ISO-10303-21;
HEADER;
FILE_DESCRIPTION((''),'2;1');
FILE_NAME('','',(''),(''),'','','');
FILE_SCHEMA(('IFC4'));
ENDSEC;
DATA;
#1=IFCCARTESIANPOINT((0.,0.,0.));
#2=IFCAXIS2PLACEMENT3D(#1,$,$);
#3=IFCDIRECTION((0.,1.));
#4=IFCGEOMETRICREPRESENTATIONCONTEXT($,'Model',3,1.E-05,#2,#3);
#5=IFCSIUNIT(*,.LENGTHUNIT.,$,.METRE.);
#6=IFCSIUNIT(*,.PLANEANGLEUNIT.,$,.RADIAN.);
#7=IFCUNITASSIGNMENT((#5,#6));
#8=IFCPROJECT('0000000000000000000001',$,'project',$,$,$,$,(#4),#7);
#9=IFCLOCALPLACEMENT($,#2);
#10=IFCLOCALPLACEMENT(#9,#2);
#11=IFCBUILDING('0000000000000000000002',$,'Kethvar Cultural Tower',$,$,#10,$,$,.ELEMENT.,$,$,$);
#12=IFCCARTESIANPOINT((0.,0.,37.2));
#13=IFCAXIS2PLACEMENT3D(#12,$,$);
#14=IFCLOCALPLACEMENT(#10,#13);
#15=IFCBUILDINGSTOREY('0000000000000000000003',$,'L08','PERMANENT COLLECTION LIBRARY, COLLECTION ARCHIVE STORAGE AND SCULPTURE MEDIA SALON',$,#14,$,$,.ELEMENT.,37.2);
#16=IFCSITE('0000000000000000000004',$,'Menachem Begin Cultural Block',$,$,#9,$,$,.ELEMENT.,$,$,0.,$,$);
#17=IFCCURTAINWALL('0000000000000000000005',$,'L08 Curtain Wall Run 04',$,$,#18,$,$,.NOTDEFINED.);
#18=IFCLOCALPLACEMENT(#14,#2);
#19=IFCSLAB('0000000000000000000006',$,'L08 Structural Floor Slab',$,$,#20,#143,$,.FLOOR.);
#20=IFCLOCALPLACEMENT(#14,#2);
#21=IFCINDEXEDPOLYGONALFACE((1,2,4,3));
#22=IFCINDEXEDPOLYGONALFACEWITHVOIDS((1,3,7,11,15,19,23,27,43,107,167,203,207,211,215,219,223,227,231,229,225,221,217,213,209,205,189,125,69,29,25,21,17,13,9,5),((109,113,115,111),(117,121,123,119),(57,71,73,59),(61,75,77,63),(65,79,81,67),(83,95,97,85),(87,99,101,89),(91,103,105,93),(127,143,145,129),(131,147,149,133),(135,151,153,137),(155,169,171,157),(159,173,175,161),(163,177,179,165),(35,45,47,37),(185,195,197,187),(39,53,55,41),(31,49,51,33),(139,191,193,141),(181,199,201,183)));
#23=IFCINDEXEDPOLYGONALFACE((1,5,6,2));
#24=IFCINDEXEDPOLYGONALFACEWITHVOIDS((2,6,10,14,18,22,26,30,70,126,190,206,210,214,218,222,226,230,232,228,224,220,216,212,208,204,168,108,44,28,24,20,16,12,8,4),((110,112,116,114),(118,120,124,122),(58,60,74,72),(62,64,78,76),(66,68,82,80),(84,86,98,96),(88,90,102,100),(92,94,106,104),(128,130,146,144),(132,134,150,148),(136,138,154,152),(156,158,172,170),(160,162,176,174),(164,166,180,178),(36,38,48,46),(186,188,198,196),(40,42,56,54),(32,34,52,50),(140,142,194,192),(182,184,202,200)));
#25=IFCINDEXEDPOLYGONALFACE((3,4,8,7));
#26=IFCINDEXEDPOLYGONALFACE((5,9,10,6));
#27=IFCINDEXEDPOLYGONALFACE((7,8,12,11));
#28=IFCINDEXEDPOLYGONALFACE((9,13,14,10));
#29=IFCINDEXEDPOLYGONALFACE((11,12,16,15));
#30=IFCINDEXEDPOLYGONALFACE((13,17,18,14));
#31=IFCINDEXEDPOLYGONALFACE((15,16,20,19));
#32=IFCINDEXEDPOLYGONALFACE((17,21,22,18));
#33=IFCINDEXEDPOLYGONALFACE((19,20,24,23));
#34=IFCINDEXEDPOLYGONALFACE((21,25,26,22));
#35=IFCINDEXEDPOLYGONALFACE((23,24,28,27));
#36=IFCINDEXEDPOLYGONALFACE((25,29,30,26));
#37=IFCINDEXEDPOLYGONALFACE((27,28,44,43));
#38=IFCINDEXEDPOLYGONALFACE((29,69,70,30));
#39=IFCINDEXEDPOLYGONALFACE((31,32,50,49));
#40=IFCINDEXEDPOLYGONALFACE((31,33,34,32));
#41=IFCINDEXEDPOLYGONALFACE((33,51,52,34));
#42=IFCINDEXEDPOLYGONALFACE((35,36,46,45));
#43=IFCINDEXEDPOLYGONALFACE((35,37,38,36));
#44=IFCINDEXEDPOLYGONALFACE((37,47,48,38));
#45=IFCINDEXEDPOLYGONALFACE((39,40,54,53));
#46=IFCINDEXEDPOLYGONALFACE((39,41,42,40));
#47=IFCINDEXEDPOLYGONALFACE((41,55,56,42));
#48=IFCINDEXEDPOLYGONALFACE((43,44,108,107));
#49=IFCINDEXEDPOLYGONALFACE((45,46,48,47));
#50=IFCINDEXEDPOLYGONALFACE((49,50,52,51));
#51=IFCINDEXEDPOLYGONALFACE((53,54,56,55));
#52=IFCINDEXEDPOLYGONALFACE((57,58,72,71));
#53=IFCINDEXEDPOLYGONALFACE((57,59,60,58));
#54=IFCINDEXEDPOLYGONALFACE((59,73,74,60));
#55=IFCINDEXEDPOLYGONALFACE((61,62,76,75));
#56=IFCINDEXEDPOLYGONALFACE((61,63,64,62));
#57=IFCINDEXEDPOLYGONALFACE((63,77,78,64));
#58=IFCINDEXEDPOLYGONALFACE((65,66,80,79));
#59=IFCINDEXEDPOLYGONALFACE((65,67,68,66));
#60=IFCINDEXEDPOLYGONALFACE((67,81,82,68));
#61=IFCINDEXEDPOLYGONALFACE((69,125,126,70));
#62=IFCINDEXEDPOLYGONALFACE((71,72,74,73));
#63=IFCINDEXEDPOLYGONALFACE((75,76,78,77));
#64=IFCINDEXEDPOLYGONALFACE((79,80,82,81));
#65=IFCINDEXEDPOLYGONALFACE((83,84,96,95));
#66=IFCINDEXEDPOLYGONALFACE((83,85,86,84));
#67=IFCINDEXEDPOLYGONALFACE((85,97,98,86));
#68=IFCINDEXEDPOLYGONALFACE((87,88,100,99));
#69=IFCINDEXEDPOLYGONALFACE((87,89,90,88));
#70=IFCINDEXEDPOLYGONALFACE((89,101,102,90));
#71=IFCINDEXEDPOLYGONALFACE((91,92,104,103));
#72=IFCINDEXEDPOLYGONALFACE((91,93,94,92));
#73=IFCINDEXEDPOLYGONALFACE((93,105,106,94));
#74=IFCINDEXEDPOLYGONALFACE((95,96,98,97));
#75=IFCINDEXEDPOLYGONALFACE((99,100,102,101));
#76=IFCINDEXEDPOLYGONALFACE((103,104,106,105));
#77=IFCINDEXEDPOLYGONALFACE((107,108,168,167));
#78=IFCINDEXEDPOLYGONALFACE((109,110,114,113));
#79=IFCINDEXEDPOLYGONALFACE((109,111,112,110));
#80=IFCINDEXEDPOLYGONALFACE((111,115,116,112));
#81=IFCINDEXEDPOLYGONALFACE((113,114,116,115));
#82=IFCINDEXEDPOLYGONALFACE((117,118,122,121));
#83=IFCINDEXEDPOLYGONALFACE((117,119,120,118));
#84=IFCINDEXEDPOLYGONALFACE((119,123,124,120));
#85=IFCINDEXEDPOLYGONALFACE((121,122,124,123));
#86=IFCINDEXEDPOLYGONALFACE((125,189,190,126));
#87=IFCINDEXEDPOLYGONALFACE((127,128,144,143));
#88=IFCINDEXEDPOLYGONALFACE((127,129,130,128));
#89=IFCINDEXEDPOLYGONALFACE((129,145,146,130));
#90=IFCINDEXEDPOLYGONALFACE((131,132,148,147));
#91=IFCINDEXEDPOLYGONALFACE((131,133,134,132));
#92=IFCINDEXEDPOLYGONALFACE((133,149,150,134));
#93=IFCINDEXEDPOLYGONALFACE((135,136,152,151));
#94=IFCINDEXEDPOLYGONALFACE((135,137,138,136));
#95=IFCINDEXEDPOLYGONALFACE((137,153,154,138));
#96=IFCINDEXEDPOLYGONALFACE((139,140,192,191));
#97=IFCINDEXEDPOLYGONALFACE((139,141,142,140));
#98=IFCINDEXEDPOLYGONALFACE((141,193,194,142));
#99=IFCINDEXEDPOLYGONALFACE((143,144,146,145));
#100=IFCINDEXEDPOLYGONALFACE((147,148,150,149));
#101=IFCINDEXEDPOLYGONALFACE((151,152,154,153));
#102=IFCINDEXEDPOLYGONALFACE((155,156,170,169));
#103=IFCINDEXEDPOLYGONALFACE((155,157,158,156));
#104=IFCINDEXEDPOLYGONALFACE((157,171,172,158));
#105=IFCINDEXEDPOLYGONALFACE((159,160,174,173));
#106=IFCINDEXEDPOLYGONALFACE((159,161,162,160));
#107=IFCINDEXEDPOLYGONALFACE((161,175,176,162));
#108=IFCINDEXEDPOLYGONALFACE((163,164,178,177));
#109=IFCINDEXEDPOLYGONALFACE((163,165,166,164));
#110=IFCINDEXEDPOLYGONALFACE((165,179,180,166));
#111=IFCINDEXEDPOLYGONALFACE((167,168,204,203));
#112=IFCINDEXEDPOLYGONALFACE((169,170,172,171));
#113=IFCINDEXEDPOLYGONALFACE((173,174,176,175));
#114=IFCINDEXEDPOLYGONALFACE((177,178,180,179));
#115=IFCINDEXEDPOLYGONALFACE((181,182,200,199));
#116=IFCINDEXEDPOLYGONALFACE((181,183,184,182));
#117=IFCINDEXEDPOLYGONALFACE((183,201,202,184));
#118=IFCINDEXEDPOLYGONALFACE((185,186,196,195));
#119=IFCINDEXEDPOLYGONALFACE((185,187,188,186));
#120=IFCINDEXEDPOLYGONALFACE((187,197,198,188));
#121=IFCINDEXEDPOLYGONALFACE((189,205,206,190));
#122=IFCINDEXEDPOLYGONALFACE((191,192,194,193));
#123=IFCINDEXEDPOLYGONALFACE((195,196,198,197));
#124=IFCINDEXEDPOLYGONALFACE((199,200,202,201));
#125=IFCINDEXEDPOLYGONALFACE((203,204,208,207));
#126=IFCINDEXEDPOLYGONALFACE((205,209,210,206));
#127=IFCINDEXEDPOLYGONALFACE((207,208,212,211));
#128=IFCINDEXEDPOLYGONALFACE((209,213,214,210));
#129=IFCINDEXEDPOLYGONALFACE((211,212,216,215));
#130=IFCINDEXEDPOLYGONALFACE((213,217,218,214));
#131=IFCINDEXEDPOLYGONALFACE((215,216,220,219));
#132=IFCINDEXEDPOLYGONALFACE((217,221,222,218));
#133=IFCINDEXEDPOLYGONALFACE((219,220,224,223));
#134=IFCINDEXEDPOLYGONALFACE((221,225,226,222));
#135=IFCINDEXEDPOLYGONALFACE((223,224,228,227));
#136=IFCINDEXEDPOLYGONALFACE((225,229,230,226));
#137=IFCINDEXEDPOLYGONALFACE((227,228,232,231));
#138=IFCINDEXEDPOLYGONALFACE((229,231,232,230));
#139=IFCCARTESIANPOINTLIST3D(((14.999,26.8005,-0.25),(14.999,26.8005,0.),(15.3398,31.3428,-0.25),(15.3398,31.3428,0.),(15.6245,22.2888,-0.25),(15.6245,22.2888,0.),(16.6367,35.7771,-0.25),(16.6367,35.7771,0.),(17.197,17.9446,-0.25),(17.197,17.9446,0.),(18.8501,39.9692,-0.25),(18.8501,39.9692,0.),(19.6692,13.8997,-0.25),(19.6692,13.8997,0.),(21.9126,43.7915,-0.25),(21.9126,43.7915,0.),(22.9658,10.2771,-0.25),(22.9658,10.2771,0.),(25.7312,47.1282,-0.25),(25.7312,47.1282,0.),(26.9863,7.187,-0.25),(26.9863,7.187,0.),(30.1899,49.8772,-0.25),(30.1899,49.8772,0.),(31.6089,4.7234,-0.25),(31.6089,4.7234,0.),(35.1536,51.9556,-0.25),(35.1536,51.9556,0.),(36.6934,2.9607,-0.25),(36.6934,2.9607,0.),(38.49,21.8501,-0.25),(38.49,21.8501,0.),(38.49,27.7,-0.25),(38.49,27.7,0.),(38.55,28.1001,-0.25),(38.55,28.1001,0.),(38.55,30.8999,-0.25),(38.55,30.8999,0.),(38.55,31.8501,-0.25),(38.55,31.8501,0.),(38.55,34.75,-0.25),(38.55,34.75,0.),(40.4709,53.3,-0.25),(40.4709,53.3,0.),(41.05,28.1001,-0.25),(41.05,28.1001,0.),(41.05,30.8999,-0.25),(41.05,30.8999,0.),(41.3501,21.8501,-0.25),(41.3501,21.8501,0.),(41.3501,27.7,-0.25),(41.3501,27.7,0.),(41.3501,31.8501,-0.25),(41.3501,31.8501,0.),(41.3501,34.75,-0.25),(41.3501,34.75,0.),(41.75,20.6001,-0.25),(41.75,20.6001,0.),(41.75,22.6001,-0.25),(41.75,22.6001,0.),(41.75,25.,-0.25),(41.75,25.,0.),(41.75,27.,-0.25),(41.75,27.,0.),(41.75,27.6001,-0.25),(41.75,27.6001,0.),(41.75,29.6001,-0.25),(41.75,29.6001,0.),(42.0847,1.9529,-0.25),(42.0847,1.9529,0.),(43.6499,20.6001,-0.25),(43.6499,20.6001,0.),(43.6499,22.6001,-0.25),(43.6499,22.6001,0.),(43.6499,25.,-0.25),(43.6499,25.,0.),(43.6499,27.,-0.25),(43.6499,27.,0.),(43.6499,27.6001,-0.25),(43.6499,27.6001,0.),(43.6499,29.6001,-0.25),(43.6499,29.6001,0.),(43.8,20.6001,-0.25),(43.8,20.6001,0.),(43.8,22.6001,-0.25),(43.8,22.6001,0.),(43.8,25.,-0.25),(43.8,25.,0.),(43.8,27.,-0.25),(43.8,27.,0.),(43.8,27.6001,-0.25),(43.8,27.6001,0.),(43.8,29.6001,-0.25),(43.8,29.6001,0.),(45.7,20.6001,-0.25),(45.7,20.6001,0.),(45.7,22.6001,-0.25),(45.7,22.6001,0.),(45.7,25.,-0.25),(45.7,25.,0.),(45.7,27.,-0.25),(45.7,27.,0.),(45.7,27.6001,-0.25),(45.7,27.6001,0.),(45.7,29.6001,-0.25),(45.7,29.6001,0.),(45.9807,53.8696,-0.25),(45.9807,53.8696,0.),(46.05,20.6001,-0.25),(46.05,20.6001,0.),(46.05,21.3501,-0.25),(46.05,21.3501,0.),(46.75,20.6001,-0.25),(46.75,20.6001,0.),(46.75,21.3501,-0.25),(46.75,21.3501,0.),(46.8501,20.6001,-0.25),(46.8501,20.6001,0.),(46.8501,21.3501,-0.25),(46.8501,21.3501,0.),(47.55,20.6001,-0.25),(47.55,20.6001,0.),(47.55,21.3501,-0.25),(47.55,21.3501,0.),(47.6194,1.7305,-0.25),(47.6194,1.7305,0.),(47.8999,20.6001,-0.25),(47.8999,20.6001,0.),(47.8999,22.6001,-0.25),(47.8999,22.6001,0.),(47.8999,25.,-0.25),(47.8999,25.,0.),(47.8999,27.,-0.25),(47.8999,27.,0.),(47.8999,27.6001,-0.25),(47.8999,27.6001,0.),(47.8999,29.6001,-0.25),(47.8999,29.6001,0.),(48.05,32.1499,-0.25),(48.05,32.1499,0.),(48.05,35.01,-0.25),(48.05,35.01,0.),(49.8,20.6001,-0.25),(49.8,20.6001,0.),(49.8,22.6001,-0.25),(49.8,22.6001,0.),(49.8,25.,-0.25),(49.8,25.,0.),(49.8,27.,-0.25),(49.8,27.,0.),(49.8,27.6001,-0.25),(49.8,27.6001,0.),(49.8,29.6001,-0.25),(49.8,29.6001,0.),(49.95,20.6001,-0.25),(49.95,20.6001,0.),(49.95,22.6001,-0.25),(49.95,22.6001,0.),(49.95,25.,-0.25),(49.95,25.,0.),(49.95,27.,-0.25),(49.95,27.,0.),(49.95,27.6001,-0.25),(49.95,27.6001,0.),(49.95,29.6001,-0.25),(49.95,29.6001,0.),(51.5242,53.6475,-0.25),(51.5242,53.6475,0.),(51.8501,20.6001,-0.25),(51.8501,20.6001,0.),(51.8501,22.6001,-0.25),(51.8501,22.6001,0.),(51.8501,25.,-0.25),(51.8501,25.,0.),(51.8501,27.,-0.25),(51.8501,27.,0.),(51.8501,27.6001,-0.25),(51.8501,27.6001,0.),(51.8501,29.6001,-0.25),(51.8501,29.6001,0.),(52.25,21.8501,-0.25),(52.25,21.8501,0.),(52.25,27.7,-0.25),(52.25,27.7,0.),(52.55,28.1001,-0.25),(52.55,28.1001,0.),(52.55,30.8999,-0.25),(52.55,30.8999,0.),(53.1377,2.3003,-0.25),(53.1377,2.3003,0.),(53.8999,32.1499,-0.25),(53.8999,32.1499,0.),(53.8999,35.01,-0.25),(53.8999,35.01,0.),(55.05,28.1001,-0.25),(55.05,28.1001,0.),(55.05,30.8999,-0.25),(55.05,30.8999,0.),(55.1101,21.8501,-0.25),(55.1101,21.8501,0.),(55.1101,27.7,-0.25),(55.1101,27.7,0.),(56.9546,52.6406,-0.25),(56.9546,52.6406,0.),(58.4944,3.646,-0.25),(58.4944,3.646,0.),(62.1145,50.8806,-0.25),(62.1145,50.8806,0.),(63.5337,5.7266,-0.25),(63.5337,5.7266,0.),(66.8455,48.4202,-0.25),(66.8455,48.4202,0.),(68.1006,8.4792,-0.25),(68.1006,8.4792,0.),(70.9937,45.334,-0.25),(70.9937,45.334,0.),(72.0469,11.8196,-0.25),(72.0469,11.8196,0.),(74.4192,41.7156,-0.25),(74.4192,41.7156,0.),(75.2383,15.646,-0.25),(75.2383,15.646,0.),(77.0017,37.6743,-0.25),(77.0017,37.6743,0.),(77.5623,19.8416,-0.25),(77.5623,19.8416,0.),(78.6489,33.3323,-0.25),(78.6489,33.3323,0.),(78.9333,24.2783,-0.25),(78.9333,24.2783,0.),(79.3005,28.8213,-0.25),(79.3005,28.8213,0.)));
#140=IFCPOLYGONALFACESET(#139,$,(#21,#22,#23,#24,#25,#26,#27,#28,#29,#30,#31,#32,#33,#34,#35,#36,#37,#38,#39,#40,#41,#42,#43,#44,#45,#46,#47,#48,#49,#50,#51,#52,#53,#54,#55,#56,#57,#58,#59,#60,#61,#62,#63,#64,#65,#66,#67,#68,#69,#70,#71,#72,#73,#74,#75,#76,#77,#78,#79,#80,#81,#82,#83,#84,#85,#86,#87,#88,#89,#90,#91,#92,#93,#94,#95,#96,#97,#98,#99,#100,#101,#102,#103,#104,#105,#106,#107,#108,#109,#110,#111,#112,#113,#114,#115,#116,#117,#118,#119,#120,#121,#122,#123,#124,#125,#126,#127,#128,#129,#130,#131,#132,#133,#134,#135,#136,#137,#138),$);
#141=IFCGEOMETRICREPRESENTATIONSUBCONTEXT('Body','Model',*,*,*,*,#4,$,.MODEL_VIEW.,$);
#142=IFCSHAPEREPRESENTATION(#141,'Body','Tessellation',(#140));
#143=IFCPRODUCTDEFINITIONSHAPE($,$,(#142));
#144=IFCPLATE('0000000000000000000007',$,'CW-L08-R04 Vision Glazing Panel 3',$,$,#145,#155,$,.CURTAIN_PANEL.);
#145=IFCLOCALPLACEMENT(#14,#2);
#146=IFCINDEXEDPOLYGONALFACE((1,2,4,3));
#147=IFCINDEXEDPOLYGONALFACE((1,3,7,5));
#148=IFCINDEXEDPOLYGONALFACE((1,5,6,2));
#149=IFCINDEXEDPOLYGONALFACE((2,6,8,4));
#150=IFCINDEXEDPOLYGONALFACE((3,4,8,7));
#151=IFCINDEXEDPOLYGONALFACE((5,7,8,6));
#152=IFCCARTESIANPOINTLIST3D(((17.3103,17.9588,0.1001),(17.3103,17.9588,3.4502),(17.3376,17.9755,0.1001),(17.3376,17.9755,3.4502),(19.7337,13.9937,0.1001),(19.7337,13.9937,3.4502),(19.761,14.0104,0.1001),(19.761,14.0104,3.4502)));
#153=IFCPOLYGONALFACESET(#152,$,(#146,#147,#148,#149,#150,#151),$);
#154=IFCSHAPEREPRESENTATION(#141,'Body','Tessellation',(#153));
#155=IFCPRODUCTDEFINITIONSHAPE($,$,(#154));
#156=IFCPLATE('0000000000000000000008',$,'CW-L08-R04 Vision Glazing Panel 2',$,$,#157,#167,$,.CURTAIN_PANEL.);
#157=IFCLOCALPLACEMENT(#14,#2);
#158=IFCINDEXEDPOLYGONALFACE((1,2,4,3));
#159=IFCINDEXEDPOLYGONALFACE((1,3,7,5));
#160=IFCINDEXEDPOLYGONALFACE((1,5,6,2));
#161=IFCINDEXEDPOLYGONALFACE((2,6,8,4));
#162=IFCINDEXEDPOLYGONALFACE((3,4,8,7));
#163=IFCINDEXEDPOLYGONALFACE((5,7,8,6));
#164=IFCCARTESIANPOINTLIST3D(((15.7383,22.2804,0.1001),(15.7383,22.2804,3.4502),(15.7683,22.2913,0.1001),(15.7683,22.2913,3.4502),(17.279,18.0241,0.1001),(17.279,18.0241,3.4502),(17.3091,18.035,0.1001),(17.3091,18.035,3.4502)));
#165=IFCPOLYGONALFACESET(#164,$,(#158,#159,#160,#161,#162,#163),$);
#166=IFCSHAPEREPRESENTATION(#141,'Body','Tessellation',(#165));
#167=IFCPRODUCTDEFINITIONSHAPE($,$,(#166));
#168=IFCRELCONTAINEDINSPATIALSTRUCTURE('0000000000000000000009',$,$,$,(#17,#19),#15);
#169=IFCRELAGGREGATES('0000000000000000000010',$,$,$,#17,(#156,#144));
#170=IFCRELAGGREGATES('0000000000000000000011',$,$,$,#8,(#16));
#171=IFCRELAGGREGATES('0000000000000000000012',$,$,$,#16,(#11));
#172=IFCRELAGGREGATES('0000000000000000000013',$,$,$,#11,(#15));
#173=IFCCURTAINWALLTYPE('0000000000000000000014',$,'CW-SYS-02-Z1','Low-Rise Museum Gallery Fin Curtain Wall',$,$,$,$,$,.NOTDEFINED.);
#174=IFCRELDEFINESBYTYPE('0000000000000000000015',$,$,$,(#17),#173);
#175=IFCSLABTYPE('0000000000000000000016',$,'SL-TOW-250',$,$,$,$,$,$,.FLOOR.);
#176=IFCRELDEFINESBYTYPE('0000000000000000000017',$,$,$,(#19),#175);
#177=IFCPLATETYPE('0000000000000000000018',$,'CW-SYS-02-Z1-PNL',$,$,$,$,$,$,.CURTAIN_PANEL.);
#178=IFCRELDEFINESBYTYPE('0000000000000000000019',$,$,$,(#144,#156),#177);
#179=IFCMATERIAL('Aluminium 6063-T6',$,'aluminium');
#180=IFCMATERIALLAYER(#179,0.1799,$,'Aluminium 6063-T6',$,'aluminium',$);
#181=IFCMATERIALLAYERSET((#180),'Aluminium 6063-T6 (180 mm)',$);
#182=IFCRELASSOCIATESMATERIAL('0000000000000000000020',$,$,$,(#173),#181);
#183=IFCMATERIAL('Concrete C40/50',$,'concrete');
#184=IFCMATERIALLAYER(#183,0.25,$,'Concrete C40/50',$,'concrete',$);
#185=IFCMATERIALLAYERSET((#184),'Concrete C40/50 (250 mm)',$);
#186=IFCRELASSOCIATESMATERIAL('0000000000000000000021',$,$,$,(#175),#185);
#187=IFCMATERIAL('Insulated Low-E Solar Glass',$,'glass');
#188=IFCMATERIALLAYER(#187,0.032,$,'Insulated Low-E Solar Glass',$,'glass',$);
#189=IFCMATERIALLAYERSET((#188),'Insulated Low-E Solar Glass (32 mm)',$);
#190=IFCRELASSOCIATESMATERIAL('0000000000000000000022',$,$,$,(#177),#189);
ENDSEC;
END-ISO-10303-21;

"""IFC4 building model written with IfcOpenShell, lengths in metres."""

from ifc_helpers import new_model, si_unit, direction, frame, origin, origin_2d, place, context, subcontext, project, spatial, polyline, rectangle, outline, extrude, source, transform, mapped, material, layer, layer_set, type_object, element, aggregate, save


model = new_model("IFC4")

# Units and contexts
model_context = context("Model", 3, precision=1e-05, world=origin(), true_north=direction((0.0, 1.0)))
body_context = subcontext(model_context, "Body", "Model", "MODEL_VIEW")
ifc_project = project(units=[si_unit("LENGTHUNIT", "METRE"), si_unit("PLANEANGLEUNIT", "RADIAN")], contexts=[model_context])

# Site, building, storey
site_placement = place(None, origin())
site = spatial("IfcSite", under=ifc_project, at=site_placement, Name="Menachem Begin Cultural Block", CompositionType="ELEMENT", RefElevation=0.0)
building_placement = place(site_placement, origin())
building = spatial("IfcBuilding", under=site, at=building_placement, Name="Kethvar Cultural Tower", CompositionType="ELEMENT")
storey_placement = place(building_placement, frame((0.0, 0.0, 37.2)))
storey = spatial("IfcBuildingStorey", under=building, at=storey_placement, Name="L08", Description="PERMANENT COLLECTION LIBRARY, COLLECTION ARCHIVE STORAGE AND SCULPTURE MEDIA SALON", CompositionType="ELEMENT", Elevation=37.2)

# Curtain wall
ifc_material_1 = material(Name="Aluminium 6063-T6", Category="aluminium")
ifc_layer_1 = layer(ifc_material_1, 0.1799, Name="Aluminium 6063-T6", Category="aluminium")
ifc_layer_set_1 = layer_set([ifc_layer_1], Name="Aluminium 6063-T6 (180 mm)")
curtain_wall_type = type_object("IfcCurtainWallType", Name="CW-SYS-02-Z1", Description="Low-Rise Museum Gallery Fin Curtain Wall", PredefinedType="NOTDEFINED", material=ifc_layer_set_1)
curtain_wall_placement = place(storey_placement, origin())
curtain_wall = element("IfcCurtainWall", 1, at=curtain_wall_placement, inside=storey, type_object=curtain_wall_type, Name="L08 Curtain Wall Run 04", PredefinedType="NOTDEFINED")

# Shared definitions
ifc_material_2 = material(Name="Concrete C40/50", Category="concrete")

# Slab
ifc_layer_2 = layer(ifc_material_2, 0.25, Name="Concrete C40/50", Category="concrete")
ifc_layer_set_2 = layer_set([ifc_layer_2], Name="Concrete C40/50 (250 mm)")
slab_type_1 = type_object("IfcSlabType", Name="SL-TOW-250", PredefinedType="FLOOR", material=ifc_layer_set_2)
slab_1_placement = place(storey_placement, frame((0.0, 0.0, -0.25)))
element("IfcSlab", 2, at=slab_1_placement, inside=storey, type_object=slab_type_1, Name="L08 Structural Floor Slab", PredefinedType="FLOOR", context=body_context, shape_type="SweptSolid", body=[
    extrude(outline(polyline([(79.3005, 28.8213), (78.6489, 33.3323), (77.0017, 37.6743), (74.4192, 41.7156), (70.9937, 45.334), (66.8455, 48.4202), (62.1145, 50.8806), (56.9546, 52.6406), (51.5242, 53.6475), (45.9807, 53.8696), (40.4709, 53.3), (35.1536, 51.9556), (30.1899, 49.8772), (25.7312, 47.1282), (21.9126, 43.7915), (18.8501, 39.9692), (16.6367, 35.7771), (15.3398, 31.3428), (14.999, 26.8005), (15.6245, 22.2888), (17.197, 17.9446), (19.6692, 13.8997), (22.9658, 10.2771), (26.9863, 7.187), (31.6089, 4.7234), (36.6934, 2.9607), (42.0847, 1.9529), (47.6194, 1.7305), (53.1377, 2.3003), (58.4944, 3.646), (63.5337, 5.7266), (68.1006, 8.4792), (72.0469, 11.8196), (75.2383, 15.646), (77.5623, 19.8416), (78.9333, 24.2783), (79.3005, 28.8213)]), holes=[polyline([(38.49, 21.8501), (38.49, 27.7), (41.3501, 27.7), (41.3501, 21.8501), (38.49, 21.8501)]), polyline([(52.25, 21.8501), (52.25, 27.7), (55.1101, 27.7), (55.1101, 21.8501), (52.25, 21.8501)]), polyline([(53.8999, 32.1499), (48.05, 32.1499), (48.05, 35.01), (53.8999, 35.01), (53.8999, 32.1499)]), polyline([(41.75, 22.6001), (43.6499, 22.6001), (43.6499, 20.6001), (41.75, 20.6001), (41.75, 22.6001)]), polyline([(43.8, 22.6001), (45.7, 22.6001), (45.7, 20.6001), (43.8, 20.6001), (43.8, 22.6001)]), polyline([(47.8999, 22.6001), (49.8, 22.6001), (49.8, 20.6001), (47.8999, 20.6001), (47.8999, 22.6001)]), polyline([(49.95, 22.6001), (51.8501, 22.6001), (51.8501, 20.6001), (49.95, 20.6001), (49.95, 22.6001)]), polyline([(41.75, 27.0), (43.6499, 27.0), (43.6499, 25.0), (41.75, 25.0), (41.75, 27.0)]), polyline([(43.8, 27.0), (45.7, 27.0), (45.7, 25.0), (43.8, 25.0), (43.8, 27.0)]), polyline([(47.8999, 27.0), (49.8, 27.0), (49.8, 25.0), (47.8999, 25.0), (47.8999, 27.0)]), polyline([(49.95, 27.0), (51.8501, 27.0), (51.8501, 25.0), (49.95, 25.0), (49.95, 27.0)]), polyline([(41.75, 29.6001), (43.6499, 29.6001), (43.6499, 27.6001), (41.75, 27.6001), (41.75, 29.6001)]), polyline([(43.8, 29.6001), (45.7, 29.6001), (45.7, 27.6001), (43.8, 27.6001), (43.8, 29.6001)]), polyline([(47.8999, 29.6001), (49.8, 29.6001), (49.8, 27.6001), (47.8999, 27.6001), (47.8999, 29.6001)]), polyline([(49.95, 29.6001), (51.8501, 29.6001), (51.8501, 27.6001), (49.95, 27.6001), (49.95, 29.6001)]), polyline([(38.55, 30.8999), (41.05, 30.8999), (41.05, 28.1001), (38.55, 28.1001), (38.55, 30.8999)]), polyline([(52.55, 30.8999), (55.05, 30.8999), (55.05, 28.1001), (52.55, 28.1001), (52.55, 30.8999)]), polyline([(38.55, 34.75), (41.3501, 34.75), (41.3501, 31.8501), (38.55, 31.8501), (38.55, 34.75)]), polyline([(46.05, 21.3501), (46.75, 21.3501), (46.75, 20.6001), (46.05, 20.6001), (46.05, 21.3501)]), polyline([(46.8501, 21.3501), (47.55, 21.3501), (47.55, 20.6001), (46.8501, 20.6001), (46.8501, 21.3501)])]), origin(), (0.0, 0.0, 1.0), 0.25),
])

# Plates
ifc_material_3 = material(Name="Insulated Low-E Solar Glass", Category="glass")
ifc_layer_3 = layer(ifc_material_3, 0.032, Name="Insulated Low-E Solar Glass", Category="glass")
ifc_layer_set_3 = layer_set([ifc_layer_3], Name="Insulated Low-E Solar Glass (32 mm)")
plate_type = type_object("IfcPlateType", Name="CW-SYS-02-Z1-PNL", PredefinedType="CURTAIN_PANEL", material=ifc_layer_set_3)
shared_shape_1 = source(origin(), body_context, "Body", "SweptSolid", [
    extrude(rectangle(XDim=4.647, YDim=0.032, at=origin_2d()), origin(), (0.0, 0.0, 1.0), 3.3501),
])
plate_1_placement = place(storey_placement, frame((18.5356, 15.9846, 0.1001), z_axis=(0.0, 0.0, 1.0), x_axis=(0.521486, -0.85326, 0.0)))
plate_1 = element("IfcPlate", 3, at=plate_1_placement, type_object=plate_type, Name="CW-L08-R04 Vision Glazing Panel 3", PredefinedType="CURTAIN_PANEL", context=body_context, shape_type="MappedRepresentation", body=[
    mapped(shared_shape_1, transform((0.0, 0.0, 0.0), scale=1.0)),
])
shared_shape_2 = source(origin(), body_context, "Body", "SweptSolid", [
    extrude(rectangle(XDim=4.5266, YDim=0.032, at=origin_2d()), origin(), (0.0, 0.0, 1.0), 3.3501),
])
plate_2_placement = place(storey_placement, frame((16.5237, 20.1577, 0.1001), z_axis=(0.0, 0.0, 1.0), x_axis=(0.34038, -0.940288, 0.0)))
plate_2 = element("IfcPlate", 4, at=plate_2_placement, type_object=plate_type, Name="CW-L08-R04 Vision Glazing Panel 2", PredefinedType="CURTAIN_PANEL", context=body_context, shape_type="MappedRepresentation", body=[
    mapped(shared_shape_2, transform((0.0, 0.0, 0.0), scale=1.0)),
])
aggregate(curtain_wall, [plate_2, plate_1])

save(model, "model.ifc")
